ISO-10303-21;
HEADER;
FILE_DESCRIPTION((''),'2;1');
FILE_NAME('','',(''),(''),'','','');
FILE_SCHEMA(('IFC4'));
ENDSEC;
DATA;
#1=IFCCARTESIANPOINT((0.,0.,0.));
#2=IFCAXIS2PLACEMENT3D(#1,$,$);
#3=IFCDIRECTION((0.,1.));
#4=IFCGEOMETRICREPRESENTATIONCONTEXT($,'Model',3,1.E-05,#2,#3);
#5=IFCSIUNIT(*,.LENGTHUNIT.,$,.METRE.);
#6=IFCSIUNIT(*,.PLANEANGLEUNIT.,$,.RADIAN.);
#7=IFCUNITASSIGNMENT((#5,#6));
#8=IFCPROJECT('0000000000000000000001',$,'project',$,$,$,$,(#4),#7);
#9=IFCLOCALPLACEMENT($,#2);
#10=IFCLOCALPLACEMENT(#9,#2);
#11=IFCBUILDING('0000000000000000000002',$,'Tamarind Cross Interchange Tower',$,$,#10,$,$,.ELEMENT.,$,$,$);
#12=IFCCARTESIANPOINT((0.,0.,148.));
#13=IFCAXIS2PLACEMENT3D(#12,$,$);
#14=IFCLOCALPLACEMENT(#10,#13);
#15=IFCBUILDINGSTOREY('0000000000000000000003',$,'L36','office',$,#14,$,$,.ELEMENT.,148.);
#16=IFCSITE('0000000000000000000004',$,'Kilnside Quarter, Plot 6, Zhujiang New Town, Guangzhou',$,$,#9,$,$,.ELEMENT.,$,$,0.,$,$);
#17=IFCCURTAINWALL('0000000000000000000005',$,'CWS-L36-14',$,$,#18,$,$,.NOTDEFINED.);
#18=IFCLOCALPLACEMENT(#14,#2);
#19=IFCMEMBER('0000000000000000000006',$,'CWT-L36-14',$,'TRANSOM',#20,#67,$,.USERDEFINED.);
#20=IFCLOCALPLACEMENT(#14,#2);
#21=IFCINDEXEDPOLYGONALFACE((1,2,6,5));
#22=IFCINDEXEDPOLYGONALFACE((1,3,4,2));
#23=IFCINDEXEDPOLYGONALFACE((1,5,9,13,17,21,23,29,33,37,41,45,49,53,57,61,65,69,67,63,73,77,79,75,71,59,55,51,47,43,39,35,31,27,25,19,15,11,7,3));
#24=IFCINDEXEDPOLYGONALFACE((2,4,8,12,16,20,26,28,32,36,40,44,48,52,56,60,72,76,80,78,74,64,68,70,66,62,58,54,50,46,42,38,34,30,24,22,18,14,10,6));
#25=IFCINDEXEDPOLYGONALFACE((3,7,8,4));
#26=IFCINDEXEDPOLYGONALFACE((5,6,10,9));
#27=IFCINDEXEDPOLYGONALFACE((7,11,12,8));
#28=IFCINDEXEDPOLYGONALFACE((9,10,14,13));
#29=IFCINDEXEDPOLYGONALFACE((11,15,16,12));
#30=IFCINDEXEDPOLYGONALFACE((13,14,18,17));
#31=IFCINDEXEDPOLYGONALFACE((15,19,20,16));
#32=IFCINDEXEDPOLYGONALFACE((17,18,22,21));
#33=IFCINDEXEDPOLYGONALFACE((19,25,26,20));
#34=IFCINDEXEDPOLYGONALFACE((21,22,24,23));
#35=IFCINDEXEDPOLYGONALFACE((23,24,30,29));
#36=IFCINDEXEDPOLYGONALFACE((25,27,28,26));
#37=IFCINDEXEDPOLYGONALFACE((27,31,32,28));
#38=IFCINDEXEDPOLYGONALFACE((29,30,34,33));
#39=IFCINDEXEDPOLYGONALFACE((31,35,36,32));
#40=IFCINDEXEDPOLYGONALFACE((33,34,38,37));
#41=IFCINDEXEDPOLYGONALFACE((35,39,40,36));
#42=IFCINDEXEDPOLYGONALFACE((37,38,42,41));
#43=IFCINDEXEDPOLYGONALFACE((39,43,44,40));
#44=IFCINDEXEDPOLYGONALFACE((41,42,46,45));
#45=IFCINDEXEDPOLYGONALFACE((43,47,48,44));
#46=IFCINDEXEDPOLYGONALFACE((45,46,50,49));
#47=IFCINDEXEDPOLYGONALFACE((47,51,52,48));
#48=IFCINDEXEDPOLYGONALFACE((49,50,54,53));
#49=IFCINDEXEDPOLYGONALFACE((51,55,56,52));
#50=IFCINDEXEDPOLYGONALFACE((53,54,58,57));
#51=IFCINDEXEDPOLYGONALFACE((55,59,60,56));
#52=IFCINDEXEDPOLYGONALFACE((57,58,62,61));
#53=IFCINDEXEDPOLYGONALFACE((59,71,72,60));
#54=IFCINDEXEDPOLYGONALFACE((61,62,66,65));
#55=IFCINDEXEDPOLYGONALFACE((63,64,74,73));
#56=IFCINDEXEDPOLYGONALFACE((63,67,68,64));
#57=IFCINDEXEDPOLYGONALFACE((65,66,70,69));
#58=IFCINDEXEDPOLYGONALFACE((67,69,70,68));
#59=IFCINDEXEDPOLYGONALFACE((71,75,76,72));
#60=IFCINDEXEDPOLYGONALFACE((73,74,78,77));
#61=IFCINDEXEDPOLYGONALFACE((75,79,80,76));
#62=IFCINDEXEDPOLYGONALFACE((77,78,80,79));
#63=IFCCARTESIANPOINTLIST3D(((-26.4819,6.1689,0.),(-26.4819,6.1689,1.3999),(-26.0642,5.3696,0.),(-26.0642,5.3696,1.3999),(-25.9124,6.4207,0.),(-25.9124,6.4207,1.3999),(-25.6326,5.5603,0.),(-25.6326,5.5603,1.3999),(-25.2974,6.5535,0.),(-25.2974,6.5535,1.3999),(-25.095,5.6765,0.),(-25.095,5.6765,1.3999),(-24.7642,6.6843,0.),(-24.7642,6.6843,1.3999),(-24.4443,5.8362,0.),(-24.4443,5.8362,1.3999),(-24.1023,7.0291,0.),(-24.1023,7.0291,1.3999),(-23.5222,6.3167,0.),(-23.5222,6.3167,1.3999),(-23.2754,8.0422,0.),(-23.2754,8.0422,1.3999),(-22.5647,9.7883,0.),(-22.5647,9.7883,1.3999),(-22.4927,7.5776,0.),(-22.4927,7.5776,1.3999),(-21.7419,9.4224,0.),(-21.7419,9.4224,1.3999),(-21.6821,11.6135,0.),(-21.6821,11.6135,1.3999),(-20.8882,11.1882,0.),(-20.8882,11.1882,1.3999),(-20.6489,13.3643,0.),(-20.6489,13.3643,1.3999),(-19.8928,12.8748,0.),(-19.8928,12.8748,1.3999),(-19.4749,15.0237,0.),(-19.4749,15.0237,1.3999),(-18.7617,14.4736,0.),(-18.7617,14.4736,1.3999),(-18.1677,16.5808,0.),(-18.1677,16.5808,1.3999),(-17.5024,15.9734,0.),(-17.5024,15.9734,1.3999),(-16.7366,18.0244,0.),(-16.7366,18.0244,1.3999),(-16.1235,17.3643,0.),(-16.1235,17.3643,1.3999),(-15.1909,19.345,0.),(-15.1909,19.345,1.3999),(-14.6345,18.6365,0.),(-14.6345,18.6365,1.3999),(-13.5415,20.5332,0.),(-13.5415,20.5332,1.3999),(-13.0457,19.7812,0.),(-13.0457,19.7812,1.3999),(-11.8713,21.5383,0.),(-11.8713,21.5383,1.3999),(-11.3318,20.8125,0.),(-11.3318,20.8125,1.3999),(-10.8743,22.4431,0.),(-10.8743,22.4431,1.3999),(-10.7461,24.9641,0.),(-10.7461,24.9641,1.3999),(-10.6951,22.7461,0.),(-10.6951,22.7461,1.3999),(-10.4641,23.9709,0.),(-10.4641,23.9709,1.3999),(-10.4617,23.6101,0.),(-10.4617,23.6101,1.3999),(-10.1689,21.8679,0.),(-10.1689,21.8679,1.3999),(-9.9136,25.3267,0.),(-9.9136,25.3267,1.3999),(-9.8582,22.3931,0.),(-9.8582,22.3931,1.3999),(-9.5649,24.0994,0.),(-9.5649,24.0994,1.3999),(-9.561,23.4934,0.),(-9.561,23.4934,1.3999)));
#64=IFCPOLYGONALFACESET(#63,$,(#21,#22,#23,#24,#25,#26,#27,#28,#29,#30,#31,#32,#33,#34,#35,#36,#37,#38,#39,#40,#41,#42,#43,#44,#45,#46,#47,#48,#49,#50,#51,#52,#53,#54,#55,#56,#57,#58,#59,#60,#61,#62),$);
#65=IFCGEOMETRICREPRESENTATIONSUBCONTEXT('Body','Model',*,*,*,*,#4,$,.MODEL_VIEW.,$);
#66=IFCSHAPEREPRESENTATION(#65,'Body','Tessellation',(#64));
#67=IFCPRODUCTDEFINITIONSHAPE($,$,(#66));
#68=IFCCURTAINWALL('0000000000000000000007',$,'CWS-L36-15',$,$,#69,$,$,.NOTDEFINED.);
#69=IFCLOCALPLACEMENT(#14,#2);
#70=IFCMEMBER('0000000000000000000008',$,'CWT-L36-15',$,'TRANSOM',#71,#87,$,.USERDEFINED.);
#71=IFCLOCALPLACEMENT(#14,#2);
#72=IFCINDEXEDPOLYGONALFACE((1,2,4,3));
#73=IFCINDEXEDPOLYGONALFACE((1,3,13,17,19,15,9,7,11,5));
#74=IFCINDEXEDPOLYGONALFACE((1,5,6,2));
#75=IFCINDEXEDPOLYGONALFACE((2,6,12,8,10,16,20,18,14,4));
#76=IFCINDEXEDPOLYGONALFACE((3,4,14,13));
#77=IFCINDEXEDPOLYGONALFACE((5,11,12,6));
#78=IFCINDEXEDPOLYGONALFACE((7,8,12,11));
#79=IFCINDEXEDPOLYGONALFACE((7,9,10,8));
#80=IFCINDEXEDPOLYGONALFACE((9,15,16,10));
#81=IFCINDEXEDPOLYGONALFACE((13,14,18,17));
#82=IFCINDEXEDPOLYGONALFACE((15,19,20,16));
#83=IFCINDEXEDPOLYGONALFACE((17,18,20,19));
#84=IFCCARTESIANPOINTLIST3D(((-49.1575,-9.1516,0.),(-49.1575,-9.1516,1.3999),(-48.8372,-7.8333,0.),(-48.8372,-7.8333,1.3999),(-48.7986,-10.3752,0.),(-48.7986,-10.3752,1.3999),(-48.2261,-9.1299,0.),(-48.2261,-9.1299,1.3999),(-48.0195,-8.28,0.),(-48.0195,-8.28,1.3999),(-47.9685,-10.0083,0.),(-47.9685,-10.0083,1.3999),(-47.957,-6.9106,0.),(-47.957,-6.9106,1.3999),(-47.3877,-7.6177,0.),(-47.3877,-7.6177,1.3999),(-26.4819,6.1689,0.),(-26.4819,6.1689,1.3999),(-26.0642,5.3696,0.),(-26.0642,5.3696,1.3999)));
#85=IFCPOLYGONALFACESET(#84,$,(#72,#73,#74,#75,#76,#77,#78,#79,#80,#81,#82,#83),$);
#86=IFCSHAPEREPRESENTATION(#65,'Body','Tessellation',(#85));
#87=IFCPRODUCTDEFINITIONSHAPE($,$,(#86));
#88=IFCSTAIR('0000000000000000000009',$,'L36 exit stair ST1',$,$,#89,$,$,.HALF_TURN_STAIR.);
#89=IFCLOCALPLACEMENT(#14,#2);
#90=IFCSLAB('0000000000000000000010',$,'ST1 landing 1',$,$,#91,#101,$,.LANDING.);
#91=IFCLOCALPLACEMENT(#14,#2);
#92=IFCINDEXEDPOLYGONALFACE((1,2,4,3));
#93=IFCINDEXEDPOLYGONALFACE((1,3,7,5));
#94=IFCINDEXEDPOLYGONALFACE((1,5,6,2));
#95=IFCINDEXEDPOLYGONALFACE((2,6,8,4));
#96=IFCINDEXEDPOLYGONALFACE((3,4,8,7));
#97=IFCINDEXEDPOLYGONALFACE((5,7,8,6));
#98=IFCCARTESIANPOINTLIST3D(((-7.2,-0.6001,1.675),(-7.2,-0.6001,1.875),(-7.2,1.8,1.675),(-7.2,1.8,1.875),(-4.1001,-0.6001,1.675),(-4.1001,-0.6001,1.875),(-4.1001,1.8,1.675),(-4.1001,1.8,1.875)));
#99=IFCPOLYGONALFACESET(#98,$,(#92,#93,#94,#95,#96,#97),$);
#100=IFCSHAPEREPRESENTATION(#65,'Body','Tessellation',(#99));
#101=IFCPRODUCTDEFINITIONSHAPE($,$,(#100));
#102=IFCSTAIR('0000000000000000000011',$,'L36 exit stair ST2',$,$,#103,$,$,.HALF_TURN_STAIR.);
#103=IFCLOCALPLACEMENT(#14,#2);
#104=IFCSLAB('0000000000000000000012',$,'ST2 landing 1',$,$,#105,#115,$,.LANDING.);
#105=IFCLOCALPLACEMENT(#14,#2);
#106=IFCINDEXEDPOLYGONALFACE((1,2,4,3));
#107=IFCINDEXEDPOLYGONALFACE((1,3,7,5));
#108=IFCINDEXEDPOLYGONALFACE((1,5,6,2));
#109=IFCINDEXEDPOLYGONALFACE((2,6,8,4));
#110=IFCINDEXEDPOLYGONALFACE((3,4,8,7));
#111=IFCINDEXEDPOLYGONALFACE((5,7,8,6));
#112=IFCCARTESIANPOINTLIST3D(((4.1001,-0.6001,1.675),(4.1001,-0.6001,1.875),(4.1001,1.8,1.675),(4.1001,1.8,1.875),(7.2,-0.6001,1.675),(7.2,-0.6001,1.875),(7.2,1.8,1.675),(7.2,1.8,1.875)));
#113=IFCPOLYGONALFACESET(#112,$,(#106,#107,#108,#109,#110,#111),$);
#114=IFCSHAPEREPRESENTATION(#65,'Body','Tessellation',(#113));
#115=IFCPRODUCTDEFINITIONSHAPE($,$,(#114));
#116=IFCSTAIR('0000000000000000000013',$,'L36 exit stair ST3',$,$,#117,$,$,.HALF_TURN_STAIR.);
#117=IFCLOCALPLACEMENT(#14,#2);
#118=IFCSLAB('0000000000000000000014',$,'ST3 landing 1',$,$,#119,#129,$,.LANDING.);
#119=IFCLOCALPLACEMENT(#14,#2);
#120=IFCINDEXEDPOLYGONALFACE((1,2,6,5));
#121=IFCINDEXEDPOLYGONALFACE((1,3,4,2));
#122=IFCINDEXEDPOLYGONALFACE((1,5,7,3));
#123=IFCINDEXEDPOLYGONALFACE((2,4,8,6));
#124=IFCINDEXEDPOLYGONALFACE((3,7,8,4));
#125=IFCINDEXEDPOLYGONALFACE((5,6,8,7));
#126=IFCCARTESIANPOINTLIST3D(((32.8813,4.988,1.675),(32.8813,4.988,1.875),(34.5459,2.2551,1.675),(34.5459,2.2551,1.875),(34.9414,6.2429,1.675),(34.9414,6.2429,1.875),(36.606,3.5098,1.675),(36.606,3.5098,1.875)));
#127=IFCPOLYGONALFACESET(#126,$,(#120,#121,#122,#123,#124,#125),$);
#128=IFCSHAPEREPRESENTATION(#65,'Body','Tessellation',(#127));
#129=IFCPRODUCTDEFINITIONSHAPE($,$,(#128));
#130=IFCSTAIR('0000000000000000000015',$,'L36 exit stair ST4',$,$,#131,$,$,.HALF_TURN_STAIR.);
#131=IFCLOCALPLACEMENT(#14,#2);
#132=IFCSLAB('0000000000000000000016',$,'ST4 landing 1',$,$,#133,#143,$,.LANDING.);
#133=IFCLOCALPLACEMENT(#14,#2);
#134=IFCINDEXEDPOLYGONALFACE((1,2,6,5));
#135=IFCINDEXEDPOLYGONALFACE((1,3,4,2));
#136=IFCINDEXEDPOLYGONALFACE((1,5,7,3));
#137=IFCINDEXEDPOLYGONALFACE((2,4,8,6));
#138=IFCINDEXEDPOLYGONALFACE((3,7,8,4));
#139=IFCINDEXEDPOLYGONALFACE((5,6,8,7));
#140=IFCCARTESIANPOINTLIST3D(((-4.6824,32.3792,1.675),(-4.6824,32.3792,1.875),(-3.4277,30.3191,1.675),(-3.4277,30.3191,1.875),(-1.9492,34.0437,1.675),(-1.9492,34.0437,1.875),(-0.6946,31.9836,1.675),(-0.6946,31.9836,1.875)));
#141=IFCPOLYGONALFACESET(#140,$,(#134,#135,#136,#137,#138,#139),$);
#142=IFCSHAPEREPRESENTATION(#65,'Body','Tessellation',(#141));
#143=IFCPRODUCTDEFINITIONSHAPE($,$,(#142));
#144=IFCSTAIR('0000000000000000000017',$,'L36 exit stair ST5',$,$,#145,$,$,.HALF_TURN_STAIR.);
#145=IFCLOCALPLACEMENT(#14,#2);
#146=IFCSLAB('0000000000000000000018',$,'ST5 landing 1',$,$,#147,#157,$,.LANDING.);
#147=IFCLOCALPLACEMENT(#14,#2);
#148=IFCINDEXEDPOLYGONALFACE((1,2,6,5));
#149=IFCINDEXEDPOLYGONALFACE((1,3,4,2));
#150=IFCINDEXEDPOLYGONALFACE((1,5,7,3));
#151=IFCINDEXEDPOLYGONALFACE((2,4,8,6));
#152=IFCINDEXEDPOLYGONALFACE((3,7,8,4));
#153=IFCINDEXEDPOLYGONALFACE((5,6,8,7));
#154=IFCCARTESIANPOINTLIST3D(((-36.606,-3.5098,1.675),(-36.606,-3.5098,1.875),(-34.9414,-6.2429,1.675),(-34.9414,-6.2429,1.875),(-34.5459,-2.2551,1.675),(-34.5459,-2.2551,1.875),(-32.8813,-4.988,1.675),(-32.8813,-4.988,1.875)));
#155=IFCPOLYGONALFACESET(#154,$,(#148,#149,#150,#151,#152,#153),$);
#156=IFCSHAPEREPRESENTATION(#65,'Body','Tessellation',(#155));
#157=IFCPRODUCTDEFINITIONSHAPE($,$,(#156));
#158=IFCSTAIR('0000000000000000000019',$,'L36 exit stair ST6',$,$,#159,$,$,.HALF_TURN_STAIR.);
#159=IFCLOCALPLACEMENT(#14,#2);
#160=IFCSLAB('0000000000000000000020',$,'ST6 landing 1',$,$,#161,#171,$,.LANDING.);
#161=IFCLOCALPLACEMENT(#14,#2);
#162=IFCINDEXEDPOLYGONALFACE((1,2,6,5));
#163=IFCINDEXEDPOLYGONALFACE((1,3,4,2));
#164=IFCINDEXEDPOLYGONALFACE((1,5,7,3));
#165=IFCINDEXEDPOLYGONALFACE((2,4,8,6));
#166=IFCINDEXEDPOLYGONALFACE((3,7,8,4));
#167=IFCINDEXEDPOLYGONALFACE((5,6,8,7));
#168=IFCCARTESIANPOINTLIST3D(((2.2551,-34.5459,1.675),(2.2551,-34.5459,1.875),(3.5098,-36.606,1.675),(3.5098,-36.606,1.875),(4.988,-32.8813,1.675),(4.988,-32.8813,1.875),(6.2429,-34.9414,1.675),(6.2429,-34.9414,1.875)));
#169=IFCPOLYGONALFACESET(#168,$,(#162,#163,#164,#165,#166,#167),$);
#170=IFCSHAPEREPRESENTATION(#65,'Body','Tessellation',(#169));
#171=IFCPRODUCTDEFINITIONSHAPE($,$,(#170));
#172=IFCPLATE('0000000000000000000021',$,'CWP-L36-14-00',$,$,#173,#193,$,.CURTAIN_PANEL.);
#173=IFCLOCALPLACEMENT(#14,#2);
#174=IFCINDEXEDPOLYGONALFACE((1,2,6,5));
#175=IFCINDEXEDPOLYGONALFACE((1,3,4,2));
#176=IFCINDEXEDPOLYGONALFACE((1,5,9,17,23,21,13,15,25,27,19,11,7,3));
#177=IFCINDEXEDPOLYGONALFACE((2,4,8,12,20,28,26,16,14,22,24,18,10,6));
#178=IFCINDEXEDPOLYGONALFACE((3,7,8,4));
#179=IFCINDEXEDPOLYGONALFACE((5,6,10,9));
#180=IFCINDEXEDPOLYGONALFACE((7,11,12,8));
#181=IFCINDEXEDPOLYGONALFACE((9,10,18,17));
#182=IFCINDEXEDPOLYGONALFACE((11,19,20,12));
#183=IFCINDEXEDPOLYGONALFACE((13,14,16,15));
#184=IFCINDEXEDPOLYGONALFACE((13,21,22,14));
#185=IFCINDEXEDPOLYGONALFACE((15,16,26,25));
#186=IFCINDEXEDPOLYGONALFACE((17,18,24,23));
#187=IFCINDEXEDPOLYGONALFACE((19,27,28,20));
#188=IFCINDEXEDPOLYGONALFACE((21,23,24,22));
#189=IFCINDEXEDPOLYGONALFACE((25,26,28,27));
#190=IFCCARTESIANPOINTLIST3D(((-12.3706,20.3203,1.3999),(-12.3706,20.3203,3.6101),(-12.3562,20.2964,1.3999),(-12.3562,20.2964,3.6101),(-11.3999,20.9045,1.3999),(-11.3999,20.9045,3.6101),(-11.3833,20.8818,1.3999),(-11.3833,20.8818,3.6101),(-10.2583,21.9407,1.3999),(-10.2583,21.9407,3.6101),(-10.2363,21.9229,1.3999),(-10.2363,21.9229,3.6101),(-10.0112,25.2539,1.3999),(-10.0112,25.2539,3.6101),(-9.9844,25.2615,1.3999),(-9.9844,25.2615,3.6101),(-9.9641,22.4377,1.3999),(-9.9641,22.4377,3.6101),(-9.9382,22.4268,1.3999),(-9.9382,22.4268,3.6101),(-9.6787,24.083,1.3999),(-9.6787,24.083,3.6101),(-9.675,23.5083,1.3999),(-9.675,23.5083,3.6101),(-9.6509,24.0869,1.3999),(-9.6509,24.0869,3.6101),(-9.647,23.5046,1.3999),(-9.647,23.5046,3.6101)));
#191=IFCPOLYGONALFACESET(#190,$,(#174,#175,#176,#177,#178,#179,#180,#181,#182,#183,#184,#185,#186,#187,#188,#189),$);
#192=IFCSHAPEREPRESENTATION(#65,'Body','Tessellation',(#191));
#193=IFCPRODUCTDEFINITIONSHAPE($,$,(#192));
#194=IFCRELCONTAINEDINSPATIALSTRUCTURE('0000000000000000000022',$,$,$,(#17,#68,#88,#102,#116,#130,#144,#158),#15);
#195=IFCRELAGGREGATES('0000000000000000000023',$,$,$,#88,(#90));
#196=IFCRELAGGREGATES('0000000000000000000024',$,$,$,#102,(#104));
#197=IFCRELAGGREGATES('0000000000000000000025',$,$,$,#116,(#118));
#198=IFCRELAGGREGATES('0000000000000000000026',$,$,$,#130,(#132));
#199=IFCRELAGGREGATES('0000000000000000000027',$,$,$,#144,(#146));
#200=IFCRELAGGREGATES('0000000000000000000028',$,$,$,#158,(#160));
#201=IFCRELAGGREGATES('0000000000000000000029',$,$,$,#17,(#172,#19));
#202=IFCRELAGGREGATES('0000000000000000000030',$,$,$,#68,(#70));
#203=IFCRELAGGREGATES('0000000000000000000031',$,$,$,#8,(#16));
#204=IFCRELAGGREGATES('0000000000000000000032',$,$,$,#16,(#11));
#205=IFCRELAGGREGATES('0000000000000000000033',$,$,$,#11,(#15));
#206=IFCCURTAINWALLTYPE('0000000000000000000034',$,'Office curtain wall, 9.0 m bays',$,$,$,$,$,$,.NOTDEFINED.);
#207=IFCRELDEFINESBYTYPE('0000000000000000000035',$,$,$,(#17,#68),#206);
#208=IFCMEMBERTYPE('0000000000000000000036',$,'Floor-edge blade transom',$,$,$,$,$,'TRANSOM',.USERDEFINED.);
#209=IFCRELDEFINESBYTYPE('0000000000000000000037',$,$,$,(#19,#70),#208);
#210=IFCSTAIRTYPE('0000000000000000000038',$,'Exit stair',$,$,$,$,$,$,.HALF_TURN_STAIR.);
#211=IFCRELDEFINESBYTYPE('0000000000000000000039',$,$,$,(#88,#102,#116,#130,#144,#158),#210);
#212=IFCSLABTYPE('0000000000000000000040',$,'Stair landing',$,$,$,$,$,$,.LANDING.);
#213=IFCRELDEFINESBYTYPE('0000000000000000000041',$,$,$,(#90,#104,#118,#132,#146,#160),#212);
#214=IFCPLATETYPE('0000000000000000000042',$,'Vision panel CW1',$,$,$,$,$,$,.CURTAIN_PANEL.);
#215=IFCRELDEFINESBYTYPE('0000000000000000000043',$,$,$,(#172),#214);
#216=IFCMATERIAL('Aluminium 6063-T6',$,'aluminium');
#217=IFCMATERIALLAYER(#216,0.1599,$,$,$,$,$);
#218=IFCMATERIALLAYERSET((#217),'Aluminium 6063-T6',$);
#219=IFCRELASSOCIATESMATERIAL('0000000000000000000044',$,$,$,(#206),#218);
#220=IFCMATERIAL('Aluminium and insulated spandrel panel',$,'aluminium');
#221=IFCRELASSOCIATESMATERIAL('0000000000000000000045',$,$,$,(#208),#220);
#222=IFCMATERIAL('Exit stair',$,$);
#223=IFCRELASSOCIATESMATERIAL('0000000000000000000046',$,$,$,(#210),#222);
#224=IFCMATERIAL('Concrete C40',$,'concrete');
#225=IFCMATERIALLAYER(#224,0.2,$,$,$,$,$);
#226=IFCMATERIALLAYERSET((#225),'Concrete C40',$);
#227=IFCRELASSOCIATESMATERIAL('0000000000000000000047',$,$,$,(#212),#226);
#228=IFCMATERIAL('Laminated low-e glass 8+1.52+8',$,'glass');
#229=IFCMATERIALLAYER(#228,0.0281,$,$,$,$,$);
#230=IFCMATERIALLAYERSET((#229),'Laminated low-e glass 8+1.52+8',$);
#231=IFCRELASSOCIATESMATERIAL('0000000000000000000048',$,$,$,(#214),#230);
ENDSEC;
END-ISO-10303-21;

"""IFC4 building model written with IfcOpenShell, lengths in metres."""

from ifc_helpers import new_model, si_unit, direction, frame, origin, place, context, subcontext, project, spatial, polyline, outline, extrude, material, layer, layer_set, type_object, element, aggregate, save


model = new_model("IFC4")

# Units and contexts
model_context = context("Model", 3, precision=1e-05, world=origin(), true_north=direction((0.0, 1.0)))
body_context = subcontext(model_context, "Body", "Model", "MODEL_VIEW")
ifc_project = project(units=[si_unit("LENGTHUNIT", "METRE"), si_unit("PLANEANGLEUNIT", "RADIAN")], contexts=[model_context])

# Site, building, storey
site_placement = place(None, origin())
site = spatial("IfcSite", under=ifc_project, at=site_placement, Name="Kilnside Quarter, Plot 6, Zhujiang New Town, Guangzhou", CompositionType="ELEMENT", RefElevation=0.0)
building_placement = place(site_placement, origin())
building = spatial("IfcBuilding", under=site, at=building_placement, Name="Tamarind Cross Interchange Tower", CompositionType="ELEMENT")
storey_placement = place(building_placement, frame((0.0, 0.0, 148.0)))
storey = spatial("IfcBuildingStorey", under=building, at=storey_placement, Name="L36", Description="office", CompositionType="ELEMENT", Elevation=148.0)

# Curtain walls, members
ifc_material_1 = material(Name="Aluminium 6063-T6", Category="aluminium")
ifc_layer_1 = layer(ifc_material_1, 0.1599)
ifc_layer_set_1 = layer_set([ifc_layer_1], Name="Aluminium 6063-T6")
curtain_wall_type = type_object("IfcCurtainWallType", Name="Office curtain wall, 9.0 m bays", PredefinedType="NOTDEFINED", material=ifc_layer_set_1)
curtain_wall_1_placement = place(storey_placement, origin())
curtain_wall_1 = element("IfcCurtainWall", 1, at=curtain_wall_1_placement, inside=storey, type_object=curtain_wall_type, Name="CWS-L36-14", PredefinedType="NOTDEFINED")
ifc_material_2 = material(Name="Aluminium and insulated spandrel panel", Category="aluminium")
member_type = type_object("IfcMemberType", Name="Floor-edge blade transom", ElementType="TRANSOM", PredefinedType="USERDEFINED", material=ifc_material_2)
member_1_placement = place(storey_placement, origin())
member_1 = element("IfcMember", 2, at=member_1_placement, type_object=member_type, Name="CWT-L36-14", ObjectType="TRANSOM", PredefinedType="USERDEFINED", context=body_context, shape_type="SweptSolid", body=[
    extrude(outline(polyline([(-9.9136, 25.3267), (-9.5649, 24.0994), (-9.561, 23.4934), (-9.8582, 22.3931), (-10.1689, 21.8679), (-11.3318, 20.8125), (-13.0457, 19.7812), (-14.6345, 18.6365), (-16.1235, 17.3643), (-17.5024, 15.9734), (-18.7617, 14.4736), (-19.8928, 12.8748), (-20.8882, 11.1882), (-21.7419, 9.4224), (-22.4927, 7.5776), (-23.5222, 6.3167), (-24.4443, 5.8362), (-25.095, 5.6765), (-25.6326, 5.5603), (-26.0642, 5.3696), (-26.4819, 6.1689), (-25.9124, 6.4207), (-25.2974, 6.5535), (-24.7642, 6.6843), (-24.1023, 7.0291), (-23.2754, 8.0422), (-22.5647, 9.7883), (-21.6821, 11.6135), (-20.6489, 13.3643), (-19.4749, 15.0237), (-18.1677, 16.5808), (-16.7366, 18.0244), (-15.1909, 19.345), (-13.5415, 20.5332), (-11.8713, 21.5383), (-10.8743, 22.4431), (-10.6951, 22.7461), (-10.4617, 23.6101), (-10.4641, 23.9709), (-10.7461, 24.9641), (-9.9136, 25.3267)])), origin(), (0.0, 0.0, 1.0), 1.3999),
])
curtain_wall_2_placement = place(storey_placement, origin())
curtain_wall_2 = element("IfcCurtainWall", 3, at=curtain_wall_2_placement, inside=storey, type_object=curtain_wall_type, Name="CWS-L36-15", PredefinedType="NOTDEFINED")
member_2_placement = place(storey_placement, origin())
member_2 = element("IfcMember", 4, at=member_2_placement, type_object=member_type, Name="CWT-L36-15", ObjectType="TRANSOM", PredefinedType="USERDEFINED", context=body_context, shape_type="SweptSolid", body=[
    extrude(outline(polyline([(-26.0642, 5.3696), (-47.3877, -7.6177), (-48.0195, -8.28), (-48.2261, -9.1299), (-47.9685, -10.0083), (-48.7986, -10.3752), (-49.1575, -9.1516), (-48.8372, -7.8333), (-47.957, -6.9106), (-26.4819, 6.1689), (-26.0642, 5.3696)])), origin(), (0.0, 0.0, 1.0), 1.3999),
])

# Stairs, slabs
ifc_material_3 = material(Name="Exit stair")
stair_type = type_object("IfcStairType", Name="Exit stair", PredefinedType="HALF_TURN_STAIR", material=ifc_material_3)
stair_1_placement = place(storey_placement, origin())
stair_1 = element("IfcStair", 5, at=stair_1_placement, inside=storey, type_object=stair_type, Name="L36 exit stair ST1", PredefinedType="HALF_TURN_STAIR")
ifc_material_4 = material(Name="Concrete C40", Category="concrete")
ifc_layer_2 = layer(ifc_material_4, 0.2)
ifc_layer_set_2 = layer_set([ifc_layer_2], Name="Concrete C40")
slab_type = type_object("IfcSlabType", Name="Stair landing", PredefinedType="LANDING", material=ifc_layer_set_2)
slab_1_placement = place(storey_placement, frame((0.0, 0.0, 1.675)))
slab_1 = element("IfcSlab", 6, at=slab_1_placement, type_object=slab_type, Name="ST1 landing 1", PredefinedType="LANDING", context=body_context, shape_type="SweptSolid", body=[
    extrude(outline(polyline([(-4.1001, -0.6001), (-4.1001, 1.8), (-7.2, 1.8), (-7.2, -0.6001), (-4.1001, -0.6001)])), origin(), (0.0, 0.0, 1.0), 0.2),
])
aggregate(stair_1, [slab_1])
stair_2_placement = place(storey_placement, origin())
stair_2 = element("IfcStair", 7, at=stair_2_placement, inside=storey, type_object=stair_type, Name="L36 exit stair ST2", PredefinedType="HALF_TURN_STAIR")
slab_2_placement = place(storey_placement, frame((0.0, 0.0, 1.675)))
slab_2 = element("IfcSlab", 8, at=slab_2_placement, type_object=slab_type, Name="ST2 landing 1", PredefinedType="LANDING", context=body_context, shape_type="SweptSolid", body=[
    extrude(outline(polyline([(7.2, -0.6001), (7.2, 1.8), (4.1001, 1.8), (4.1001, -0.6001), (7.2, -0.6001)])), origin(), (0.0, 0.0, 1.0), 0.2),
])
aggregate(stair_2, [slab_2])
stair_3_placement = place(storey_placement, origin())
stair_3 = element("IfcStair", 9, at=stair_3_placement, inside=storey, type_object=stair_type, Name="L36 exit stair ST3", PredefinedType="HALF_TURN_STAIR")
slab_3_placement = place(storey_placement, frame((0.0, 0.0, 1.675)))
slab_3 = element("IfcSlab", 10, at=slab_3_placement, type_object=slab_type, Name="ST3 landing 1", PredefinedType="LANDING", context=body_context, shape_type="SweptSolid", body=[
    extrude(outline(polyline([(34.5459, 2.2551), (36.606, 3.5098), (34.9414, 6.2429), (32.8813, 4.988), (34.5459, 2.2551)])), origin(), (0.0, 0.0, 1.0), 0.2),
])
aggregate(stair_3, [slab_3])
stair_4_placement = place(storey_placement, origin())
stair_4 = element("IfcStair", 11, at=stair_4_placement, inside=storey, type_object=stair_type, Name="L36 exit stair ST4", PredefinedType="HALF_TURN_STAIR")
slab_4_placement = place(storey_placement, frame((0.0, 0.0, 1.675)))
slab_4 = element("IfcSlab", 12, at=slab_4_placement, type_object=slab_type, Name="ST4 landing 1", PredefinedType="LANDING", context=body_context, shape_type="SweptSolid", body=[
    extrude(outline(polyline([(-0.6946, 31.9836), (-1.9492, 34.0437), (-4.6824, 32.3792), (-3.4277, 30.3191), (-0.6946, 31.9836)])), origin(), (0.0, 0.0, 1.0), 0.2),
])
aggregate(stair_4, [slab_4])
stair_5_placement = place(storey_placement, origin())
stair_5 = element("IfcStair", 13, at=stair_5_placement, inside=storey, type_object=stair_type, Name="L36 exit stair ST5", PredefinedType="HALF_TURN_STAIR")
slab_5_placement = place(storey_placement, frame((0.0, 0.0, 1.675)))
slab_5 = element("IfcSlab", 14, at=slab_5_placement, type_object=slab_type, Name="ST5 landing 1", PredefinedType="LANDING", context=body_context, shape_type="SweptSolid", body=[
    extrude(outline(polyline([(-34.5459, -2.2551), (-36.606, -3.5098), (-34.9414, -6.2429), (-32.8813, -4.988), (-34.5459, -2.2551)])), origin(), (0.0, 0.0, 1.0), 0.2),
])
aggregate(stair_5, [slab_5])
stair_6_placement = place(storey_placement, origin())
stair_6 = element("IfcStair", 15, at=stair_6_placement, inside=storey, type_object=stair_type, Name="L36 exit stair ST6", PredefinedType="HALF_TURN_STAIR")
slab_6_placement = place(storey_placement, frame((0.0, 0.0, 1.675)))
slab_6 = element("IfcSlab", 16, at=slab_6_placement, type_object=slab_type, Name="ST6 landing 1", PredefinedType="LANDING", context=body_context, shape_type="SweptSolid", body=[
    extrude(outline(polyline([(2.2551, -34.5459), (3.5098, -36.606), (6.2429, -34.9414), (4.988, -32.8813), (2.2551, -34.5459)])), origin(), (0.0, 0.0, 1.0), 0.2),
])
aggregate(stair_6, [slab_6])

# Plate
ifc_material_5 = material(Name="Laminated low-e glass 8+1.52+8", Category="glass")
ifc_layer_3 = layer(ifc_material_5, 0.0281)
ifc_layer_set_3 = layer_set([ifc_layer_3], Name="Laminated low-e glass 8+1.52+8")
plate_type = type_object("IfcPlateType", Name="Vision panel CW1", PredefinedType="CURTAIN_PANEL", material=ifc_layer_set_3)
plate_1_placement = place(storey_placement, frame((0.0, 0.0, 1.3999)))
plate_1 = element("IfcPlate", 17, at=plate_1_placement, type_object=plate_type, Name="CWP-L36-14-00", PredefinedType="CURTAIN_PANEL", context=body_context, shape_type="SweptSolid", body=[
    extrude(outline(polyline([(-9.9844, 25.2615), (-9.6509, 24.0869), (-9.647, 23.5046), (-9.9382, 22.4268), (-10.2363, 21.9229), (-11.3833, 20.8818), (-12.3562, 20.2964), (-12.3706, 20.3203), (-11.3999, 20.9045), (-10.2583, 21.9407), (-9.9641, 22.4377), (-9.675, 23.5083), (-9.6787, 24.083), (-10.0112, 25.2539), (-9.9844, 25.2615)])), origin(), (0.0, 0.0, 1.0), 2.2102),
])
aggregate(curtain_wall_1, [plate_1, member_1])
aggregate(curtain_wall_2, [member_2])

save(model, "model.ifc")
